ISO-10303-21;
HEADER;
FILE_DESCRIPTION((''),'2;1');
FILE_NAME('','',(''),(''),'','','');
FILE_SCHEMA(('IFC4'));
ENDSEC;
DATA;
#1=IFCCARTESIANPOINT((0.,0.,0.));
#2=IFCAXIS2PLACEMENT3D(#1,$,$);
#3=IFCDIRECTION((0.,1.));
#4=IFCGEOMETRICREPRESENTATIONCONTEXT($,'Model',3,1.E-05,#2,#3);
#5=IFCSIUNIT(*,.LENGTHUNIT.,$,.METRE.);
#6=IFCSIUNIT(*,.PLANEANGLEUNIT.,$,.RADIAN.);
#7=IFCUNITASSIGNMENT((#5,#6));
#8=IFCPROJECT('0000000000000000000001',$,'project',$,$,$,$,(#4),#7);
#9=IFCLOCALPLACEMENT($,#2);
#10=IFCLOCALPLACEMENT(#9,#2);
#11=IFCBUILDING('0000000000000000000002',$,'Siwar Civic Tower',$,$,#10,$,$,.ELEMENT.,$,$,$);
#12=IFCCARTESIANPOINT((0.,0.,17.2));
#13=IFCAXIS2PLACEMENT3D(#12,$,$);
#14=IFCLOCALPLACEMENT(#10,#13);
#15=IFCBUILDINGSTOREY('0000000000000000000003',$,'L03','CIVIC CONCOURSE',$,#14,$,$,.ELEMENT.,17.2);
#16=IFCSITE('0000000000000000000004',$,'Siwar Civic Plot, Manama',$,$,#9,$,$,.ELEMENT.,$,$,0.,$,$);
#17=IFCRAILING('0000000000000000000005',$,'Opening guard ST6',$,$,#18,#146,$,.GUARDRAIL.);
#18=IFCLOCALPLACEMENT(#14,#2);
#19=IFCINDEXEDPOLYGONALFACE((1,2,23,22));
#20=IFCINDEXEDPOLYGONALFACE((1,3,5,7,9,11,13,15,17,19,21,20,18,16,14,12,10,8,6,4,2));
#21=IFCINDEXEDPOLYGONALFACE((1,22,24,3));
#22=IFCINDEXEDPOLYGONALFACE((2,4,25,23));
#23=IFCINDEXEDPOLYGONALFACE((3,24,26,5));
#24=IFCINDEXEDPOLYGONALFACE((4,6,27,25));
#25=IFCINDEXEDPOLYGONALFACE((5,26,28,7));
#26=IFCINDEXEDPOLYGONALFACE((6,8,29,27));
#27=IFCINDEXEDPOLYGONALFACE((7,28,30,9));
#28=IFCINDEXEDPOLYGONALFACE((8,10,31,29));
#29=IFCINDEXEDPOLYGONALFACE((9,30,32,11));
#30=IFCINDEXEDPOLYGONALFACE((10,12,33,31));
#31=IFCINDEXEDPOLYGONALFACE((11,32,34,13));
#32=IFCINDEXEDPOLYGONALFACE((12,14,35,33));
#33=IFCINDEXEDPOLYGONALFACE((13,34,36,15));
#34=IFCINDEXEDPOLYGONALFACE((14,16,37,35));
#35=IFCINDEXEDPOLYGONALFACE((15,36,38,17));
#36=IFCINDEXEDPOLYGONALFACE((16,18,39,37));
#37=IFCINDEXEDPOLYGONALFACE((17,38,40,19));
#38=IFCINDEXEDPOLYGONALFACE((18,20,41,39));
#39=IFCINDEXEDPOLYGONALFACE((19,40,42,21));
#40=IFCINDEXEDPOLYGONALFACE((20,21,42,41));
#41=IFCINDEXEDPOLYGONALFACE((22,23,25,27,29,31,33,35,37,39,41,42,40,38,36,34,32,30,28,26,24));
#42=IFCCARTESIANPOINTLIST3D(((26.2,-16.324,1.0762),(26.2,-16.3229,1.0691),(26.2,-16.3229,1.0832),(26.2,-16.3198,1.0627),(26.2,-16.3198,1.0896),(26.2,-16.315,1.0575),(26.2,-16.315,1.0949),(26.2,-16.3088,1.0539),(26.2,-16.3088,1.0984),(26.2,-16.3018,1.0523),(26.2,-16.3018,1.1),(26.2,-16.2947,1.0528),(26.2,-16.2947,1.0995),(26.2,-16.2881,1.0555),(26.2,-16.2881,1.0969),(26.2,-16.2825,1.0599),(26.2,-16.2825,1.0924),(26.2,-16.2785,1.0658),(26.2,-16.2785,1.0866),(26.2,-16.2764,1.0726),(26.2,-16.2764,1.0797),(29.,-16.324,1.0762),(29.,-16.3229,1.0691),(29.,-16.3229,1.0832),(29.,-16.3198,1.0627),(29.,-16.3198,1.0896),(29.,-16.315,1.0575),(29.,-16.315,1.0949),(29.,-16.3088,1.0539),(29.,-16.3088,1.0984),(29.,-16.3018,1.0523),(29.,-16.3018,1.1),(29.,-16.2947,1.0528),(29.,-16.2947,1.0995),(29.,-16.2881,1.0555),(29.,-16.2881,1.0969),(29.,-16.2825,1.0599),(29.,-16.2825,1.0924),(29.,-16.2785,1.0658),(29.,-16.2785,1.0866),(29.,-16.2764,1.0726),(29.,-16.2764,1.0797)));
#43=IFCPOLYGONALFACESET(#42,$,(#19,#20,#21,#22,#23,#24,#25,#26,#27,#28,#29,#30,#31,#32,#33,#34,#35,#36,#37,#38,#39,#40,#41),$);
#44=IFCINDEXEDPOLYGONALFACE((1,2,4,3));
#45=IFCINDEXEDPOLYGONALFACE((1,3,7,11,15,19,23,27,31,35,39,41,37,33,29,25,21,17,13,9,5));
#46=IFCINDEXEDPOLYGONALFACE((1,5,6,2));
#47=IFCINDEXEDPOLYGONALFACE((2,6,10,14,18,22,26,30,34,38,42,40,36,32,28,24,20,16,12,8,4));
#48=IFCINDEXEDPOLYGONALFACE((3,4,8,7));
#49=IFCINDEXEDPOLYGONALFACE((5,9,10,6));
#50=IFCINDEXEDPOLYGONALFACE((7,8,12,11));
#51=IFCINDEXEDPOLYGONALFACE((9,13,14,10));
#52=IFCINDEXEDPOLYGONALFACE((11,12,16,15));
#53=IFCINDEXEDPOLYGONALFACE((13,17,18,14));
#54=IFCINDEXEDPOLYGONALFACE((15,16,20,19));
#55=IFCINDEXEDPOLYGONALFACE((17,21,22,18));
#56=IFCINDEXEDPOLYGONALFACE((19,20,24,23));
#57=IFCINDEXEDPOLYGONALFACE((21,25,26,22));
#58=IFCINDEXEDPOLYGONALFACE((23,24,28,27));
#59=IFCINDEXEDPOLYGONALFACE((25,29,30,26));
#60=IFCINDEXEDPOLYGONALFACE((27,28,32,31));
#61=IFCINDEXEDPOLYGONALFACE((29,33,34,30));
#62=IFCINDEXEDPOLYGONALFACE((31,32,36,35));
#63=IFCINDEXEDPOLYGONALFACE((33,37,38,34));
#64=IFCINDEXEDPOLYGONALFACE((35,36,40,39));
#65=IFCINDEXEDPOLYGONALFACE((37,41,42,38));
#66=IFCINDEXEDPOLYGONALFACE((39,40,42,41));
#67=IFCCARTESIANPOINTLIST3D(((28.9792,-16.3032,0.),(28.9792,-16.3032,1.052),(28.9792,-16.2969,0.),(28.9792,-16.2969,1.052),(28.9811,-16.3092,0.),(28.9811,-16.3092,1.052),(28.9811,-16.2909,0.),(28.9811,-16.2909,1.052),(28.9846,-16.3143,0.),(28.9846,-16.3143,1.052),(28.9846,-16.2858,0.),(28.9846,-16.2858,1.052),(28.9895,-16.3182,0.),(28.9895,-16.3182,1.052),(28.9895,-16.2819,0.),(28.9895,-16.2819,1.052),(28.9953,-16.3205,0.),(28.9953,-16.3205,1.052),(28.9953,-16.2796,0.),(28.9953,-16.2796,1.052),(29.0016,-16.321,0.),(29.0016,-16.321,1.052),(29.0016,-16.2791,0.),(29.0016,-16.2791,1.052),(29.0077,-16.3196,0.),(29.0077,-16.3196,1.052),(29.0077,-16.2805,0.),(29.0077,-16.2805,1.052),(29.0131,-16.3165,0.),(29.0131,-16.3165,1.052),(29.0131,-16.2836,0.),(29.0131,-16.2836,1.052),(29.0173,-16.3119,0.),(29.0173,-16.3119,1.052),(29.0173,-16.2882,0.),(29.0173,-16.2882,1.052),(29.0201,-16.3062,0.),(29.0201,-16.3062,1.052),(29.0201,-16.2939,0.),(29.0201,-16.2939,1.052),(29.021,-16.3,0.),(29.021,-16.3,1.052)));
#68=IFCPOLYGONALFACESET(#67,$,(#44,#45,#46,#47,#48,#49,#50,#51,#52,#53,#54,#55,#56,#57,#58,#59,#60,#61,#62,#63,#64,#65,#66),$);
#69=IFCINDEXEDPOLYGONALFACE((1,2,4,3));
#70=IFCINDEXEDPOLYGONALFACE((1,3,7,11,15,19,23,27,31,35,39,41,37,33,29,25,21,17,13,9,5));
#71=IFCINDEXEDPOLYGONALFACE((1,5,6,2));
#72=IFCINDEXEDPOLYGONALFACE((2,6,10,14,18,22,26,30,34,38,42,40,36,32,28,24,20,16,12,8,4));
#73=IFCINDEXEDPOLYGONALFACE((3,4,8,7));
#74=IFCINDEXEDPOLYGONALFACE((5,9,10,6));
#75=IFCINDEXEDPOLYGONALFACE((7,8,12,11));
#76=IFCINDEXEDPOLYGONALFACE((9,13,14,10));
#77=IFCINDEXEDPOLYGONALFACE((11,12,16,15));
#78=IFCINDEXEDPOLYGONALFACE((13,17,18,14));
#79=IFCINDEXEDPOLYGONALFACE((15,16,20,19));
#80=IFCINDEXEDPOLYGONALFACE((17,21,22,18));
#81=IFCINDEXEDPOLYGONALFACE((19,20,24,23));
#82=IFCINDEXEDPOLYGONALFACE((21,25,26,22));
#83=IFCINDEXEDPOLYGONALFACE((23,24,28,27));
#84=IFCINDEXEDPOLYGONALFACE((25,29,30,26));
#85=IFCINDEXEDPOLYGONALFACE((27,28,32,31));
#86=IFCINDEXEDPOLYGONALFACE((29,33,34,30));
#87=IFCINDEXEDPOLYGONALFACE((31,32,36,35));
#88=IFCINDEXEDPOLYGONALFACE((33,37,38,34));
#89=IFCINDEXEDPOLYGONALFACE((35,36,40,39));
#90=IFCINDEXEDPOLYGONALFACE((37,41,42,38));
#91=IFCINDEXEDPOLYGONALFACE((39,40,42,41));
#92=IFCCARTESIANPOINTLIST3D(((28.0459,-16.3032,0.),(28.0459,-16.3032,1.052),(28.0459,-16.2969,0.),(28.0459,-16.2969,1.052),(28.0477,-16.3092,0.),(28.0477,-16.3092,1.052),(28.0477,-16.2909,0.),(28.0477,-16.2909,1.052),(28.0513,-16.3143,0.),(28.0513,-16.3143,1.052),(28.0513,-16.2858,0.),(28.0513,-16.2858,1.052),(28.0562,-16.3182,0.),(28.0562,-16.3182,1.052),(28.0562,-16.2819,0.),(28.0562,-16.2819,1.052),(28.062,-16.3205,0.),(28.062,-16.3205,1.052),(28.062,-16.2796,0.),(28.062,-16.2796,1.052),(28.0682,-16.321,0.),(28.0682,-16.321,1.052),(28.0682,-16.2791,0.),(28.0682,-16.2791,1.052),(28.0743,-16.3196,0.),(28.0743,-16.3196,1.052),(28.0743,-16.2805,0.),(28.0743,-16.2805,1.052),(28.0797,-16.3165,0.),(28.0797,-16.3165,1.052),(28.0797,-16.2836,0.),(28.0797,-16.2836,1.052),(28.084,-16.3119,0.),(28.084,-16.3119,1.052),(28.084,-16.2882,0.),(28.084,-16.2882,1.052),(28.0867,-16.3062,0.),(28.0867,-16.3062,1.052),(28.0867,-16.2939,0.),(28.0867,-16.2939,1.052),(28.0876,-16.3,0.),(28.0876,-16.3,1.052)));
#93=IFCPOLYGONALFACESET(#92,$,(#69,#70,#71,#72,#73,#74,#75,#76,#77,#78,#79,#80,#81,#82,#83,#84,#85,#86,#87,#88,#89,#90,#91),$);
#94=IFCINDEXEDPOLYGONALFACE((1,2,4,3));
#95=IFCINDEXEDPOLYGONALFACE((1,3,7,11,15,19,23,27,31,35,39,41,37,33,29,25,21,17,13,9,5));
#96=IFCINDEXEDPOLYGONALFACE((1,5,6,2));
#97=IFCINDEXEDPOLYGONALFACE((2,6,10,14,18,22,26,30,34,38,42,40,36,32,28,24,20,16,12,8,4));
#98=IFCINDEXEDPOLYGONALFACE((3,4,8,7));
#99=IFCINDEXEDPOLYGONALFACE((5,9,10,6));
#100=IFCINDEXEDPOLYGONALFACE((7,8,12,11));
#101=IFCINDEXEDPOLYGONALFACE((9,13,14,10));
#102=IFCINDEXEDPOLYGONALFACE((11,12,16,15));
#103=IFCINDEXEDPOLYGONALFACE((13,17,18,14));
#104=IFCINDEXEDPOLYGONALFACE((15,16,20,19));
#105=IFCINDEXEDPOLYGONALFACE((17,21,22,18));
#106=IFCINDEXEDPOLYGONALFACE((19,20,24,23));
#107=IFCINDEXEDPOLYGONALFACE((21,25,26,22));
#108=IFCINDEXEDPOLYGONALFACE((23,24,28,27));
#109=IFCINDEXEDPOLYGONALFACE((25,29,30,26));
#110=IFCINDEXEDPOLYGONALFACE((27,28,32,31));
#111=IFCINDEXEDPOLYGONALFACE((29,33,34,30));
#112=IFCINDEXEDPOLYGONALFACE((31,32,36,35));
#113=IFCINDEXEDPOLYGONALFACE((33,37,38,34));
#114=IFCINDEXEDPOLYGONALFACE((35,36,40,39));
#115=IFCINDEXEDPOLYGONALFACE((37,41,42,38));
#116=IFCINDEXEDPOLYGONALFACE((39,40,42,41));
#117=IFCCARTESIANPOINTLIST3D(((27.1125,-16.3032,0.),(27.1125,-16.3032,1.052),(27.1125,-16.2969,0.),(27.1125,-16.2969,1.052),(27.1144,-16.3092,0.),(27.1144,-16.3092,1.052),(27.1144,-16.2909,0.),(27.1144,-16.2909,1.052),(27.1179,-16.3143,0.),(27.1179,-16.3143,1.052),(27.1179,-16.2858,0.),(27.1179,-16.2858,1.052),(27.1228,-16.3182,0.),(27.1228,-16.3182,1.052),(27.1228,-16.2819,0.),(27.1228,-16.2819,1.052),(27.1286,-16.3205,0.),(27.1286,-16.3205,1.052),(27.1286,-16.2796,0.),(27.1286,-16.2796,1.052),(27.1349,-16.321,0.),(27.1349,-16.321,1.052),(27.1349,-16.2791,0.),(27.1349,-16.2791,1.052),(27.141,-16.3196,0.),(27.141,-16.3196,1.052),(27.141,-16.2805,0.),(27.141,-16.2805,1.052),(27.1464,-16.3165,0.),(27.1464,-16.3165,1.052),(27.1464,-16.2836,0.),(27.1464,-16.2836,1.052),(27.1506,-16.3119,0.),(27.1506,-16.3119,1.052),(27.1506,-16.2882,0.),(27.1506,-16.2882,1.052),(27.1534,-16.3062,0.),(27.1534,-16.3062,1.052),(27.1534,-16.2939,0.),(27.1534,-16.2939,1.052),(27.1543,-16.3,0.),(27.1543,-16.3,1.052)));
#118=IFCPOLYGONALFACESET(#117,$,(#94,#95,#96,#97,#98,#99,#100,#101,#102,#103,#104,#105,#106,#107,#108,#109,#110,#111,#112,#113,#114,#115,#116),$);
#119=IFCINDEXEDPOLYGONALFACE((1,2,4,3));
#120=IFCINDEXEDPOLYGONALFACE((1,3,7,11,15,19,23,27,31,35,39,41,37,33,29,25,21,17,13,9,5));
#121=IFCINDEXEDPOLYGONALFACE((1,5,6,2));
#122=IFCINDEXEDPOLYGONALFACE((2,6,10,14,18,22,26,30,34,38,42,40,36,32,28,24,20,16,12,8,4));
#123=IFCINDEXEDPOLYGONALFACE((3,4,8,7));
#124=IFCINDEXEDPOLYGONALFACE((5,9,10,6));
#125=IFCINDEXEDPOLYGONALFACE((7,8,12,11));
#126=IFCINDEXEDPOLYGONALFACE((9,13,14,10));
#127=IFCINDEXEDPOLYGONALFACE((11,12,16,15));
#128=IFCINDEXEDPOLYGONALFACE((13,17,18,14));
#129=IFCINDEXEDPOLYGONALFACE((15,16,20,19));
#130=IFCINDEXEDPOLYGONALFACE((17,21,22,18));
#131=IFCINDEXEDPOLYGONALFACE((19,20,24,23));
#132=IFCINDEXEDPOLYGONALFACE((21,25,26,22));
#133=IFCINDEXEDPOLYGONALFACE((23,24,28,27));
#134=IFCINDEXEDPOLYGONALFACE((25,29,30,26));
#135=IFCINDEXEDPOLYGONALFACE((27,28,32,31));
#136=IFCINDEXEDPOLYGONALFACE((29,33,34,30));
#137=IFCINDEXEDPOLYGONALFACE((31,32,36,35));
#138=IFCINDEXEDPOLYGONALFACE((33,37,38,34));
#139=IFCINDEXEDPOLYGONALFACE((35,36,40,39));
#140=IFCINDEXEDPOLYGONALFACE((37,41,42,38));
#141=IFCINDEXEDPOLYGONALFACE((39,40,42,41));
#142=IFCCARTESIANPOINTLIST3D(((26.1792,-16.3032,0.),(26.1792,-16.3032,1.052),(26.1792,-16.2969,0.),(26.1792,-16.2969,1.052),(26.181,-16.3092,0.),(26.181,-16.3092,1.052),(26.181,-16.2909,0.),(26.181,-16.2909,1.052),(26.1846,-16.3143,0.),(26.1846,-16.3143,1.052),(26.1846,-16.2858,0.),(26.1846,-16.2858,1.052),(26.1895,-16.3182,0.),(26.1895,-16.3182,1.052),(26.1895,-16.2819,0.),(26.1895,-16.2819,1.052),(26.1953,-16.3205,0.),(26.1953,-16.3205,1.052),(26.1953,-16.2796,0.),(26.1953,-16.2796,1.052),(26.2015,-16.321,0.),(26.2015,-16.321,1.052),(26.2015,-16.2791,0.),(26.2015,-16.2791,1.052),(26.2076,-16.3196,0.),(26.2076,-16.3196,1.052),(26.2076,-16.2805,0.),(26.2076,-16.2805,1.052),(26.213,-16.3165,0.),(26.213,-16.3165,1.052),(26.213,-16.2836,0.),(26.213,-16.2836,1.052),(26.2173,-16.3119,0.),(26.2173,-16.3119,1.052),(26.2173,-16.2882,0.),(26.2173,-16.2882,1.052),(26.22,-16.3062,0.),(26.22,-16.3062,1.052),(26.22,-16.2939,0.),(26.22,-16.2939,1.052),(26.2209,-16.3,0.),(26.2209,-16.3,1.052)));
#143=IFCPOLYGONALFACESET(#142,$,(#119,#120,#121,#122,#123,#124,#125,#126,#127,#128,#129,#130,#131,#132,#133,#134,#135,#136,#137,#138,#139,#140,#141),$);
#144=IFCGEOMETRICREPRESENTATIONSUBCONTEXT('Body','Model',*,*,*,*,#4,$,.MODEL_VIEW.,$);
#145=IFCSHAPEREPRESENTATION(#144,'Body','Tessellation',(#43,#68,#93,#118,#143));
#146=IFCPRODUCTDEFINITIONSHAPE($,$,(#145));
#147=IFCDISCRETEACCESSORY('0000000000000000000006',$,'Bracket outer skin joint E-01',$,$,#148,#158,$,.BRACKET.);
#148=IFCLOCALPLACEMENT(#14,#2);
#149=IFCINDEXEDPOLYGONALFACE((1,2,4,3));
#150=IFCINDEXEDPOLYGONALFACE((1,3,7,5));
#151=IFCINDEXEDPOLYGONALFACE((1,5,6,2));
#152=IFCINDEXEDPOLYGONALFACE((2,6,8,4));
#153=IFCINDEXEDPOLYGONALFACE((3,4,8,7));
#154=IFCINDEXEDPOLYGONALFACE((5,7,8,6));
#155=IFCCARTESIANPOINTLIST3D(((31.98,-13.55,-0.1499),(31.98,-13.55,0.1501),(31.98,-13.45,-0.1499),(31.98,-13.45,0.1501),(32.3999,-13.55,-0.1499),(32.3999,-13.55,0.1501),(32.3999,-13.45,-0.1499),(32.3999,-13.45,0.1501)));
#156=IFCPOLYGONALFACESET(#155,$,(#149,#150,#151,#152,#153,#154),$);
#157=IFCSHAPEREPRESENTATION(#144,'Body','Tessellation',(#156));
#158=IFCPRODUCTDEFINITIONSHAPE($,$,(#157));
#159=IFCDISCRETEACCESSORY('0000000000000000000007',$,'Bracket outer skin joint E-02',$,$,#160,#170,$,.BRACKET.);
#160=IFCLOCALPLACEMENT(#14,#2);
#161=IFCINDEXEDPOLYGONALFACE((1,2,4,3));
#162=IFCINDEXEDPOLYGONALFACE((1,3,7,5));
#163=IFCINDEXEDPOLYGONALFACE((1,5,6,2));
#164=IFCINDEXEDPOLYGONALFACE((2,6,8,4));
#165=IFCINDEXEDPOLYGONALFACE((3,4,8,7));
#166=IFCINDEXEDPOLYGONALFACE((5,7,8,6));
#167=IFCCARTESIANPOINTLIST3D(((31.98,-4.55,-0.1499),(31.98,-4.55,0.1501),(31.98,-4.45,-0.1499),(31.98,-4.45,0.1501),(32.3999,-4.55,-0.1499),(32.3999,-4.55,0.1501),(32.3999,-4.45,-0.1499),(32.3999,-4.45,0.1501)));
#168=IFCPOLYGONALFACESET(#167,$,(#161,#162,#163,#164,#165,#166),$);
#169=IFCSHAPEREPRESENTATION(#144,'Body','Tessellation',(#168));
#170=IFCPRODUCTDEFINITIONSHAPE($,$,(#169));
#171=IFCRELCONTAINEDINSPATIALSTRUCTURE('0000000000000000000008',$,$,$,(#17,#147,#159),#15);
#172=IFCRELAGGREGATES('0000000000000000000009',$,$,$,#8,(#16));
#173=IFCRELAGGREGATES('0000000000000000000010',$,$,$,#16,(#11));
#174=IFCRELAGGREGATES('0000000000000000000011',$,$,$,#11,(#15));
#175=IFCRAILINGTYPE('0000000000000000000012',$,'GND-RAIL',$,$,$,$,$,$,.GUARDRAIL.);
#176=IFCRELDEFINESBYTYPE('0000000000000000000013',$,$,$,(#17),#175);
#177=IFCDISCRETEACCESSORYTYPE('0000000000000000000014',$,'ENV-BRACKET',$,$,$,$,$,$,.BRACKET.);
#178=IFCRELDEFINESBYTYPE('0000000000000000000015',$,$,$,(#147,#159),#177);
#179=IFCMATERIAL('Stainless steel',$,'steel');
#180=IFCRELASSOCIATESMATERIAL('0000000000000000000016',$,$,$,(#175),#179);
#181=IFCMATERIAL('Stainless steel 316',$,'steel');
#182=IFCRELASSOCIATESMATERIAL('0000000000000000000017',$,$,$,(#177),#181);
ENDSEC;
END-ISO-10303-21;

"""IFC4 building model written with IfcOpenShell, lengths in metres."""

from ifc_helpers import new_model, si_unit, direction, frame, origin, origin_2d, place, context, subcontext, project, spatial, rectangle, circle, extrude, material, type_object, element, save


model = new_model("IFC4")

# Units and contexts
model_context = context("Model", 3, precision=1e-05, world=origin(), true_north=direction((0.0, 1.0)))
body_context = subcontext(model_context, "Body", "Model", "MODEL_VIEW")
ifc_project = project(units=[si_unit("LENGTHUNIT", "METRE"), si_unit("PLANEANGLEUNIT", "RADIAN")], contexts=[model_context])

# Site, building, storey
site_placement = place(None, origin())
site = spatial("IfcSite", under=ifc_project, at=site_placement, Name="Siwar Civic Plot, Manama", CompositionType="ELEMENT", RefElevation=0.0)
building_placement = place(site_placement, origin())
building = spatial("IfcBuilding", under=site, at=building_placement, Name="Siwar Civic Tower", CompositionType="ELEMENT")
storey_placement = place(building_placement, frame((0.0, 0.0, 17.2)))
storey = spatial("IfcBuildingStorey", under=building, at=storey_placement, Name="L03", Description="CIVIC CONCOURSE", CompositionType="ELEMENT", Elevation=17.2)

# Railing
ifc_material_1 = material(Name="Stainless steel", Category="steel")
railing_type_1 = type_object("IfcRailingType", Name="GND-RAIL", PredefinedType="GUARDRAIL", material=ifc_material_1)
railing_1_placement = place(storey_placement, frame((29.0, -16.3, 0.0)))
element("IfcRailing", 1, at=railing_1_placement, inside=storey, type_object=railing_type_1, Name="Opening guard ST6", PredefinedType="GUARDRAIL", context=body_context, shape_type="SweptSolid", body=[
    extrude(circle(Radius=0.0239, at=origin_2d()), frame((0.0, 0.0, 1.0762), z_axis=(-1.0, 0.0, 0.0), x_axis=(0.0, -1.0, 0.0)), (0.0, 0.0, 1.0), 2.8),
    extrude(circle(Radius=0.021, at=origin_2d()), origin(), (0.0, 0.0, 1.0), 1.052),
    extrude(circle(Radius=0.021, at=origin_2d()), frame((-0.9333, 0.0, 0.0)), (0.0, 0.0, 1.0), 1.052),
    extrude(circle(Radius=0.021, at=origin_2d()), frame((-1.8667, 0.0, 0.0)), (0.0, 0.0, 1.0), 1.052),
    extrude(circle(Radius=0.021, at=origin_2d()), frame((-2.8, 0.0, 0.0)), (0.0, 0.0, 1.0), 1.052),
])

# Discrete accessories
ifc_material_2 = material(Name="Stainless steel 316", Category="steel")
discrete_accessory_type = type_object("IfcDiscreteAccessoryType", Name="ENV-BRACKET", PredefinedType="BRACKET", material=ifc_material_2)
for number, where, z_axis, x_axis, name in (
    (2, (32.1899, -13.5, -0.1499), (0.0, 0.0, 1.0), (1.0, 0.0, 0.0), "Bracket outer skin joint E-01"),
    (3, (32.1899, -4.5, -0.1499), (0.0, 0.0, 1.0), (1.0, 0.0, 0.0), "Bracket outer skin joint E-02"),
):
    element("IfcDiscreteAccessory", number, at=place(storey_placement, frame(where, z_axis=z_axis, x_axis=x_axis)), inside=storey, type_object=discrete_accessory_type, Name=name, PredefinedType="BRACKET", context=body_context, shape_type="SweptSolid", body=[
        extrude(rectangle(XDim=0.4199, YDim=0.1001, at=origin_2d()), origin(), (0.0, 0.0, 1.0), 0.3),
    ])

save(model, "model.ifc")
